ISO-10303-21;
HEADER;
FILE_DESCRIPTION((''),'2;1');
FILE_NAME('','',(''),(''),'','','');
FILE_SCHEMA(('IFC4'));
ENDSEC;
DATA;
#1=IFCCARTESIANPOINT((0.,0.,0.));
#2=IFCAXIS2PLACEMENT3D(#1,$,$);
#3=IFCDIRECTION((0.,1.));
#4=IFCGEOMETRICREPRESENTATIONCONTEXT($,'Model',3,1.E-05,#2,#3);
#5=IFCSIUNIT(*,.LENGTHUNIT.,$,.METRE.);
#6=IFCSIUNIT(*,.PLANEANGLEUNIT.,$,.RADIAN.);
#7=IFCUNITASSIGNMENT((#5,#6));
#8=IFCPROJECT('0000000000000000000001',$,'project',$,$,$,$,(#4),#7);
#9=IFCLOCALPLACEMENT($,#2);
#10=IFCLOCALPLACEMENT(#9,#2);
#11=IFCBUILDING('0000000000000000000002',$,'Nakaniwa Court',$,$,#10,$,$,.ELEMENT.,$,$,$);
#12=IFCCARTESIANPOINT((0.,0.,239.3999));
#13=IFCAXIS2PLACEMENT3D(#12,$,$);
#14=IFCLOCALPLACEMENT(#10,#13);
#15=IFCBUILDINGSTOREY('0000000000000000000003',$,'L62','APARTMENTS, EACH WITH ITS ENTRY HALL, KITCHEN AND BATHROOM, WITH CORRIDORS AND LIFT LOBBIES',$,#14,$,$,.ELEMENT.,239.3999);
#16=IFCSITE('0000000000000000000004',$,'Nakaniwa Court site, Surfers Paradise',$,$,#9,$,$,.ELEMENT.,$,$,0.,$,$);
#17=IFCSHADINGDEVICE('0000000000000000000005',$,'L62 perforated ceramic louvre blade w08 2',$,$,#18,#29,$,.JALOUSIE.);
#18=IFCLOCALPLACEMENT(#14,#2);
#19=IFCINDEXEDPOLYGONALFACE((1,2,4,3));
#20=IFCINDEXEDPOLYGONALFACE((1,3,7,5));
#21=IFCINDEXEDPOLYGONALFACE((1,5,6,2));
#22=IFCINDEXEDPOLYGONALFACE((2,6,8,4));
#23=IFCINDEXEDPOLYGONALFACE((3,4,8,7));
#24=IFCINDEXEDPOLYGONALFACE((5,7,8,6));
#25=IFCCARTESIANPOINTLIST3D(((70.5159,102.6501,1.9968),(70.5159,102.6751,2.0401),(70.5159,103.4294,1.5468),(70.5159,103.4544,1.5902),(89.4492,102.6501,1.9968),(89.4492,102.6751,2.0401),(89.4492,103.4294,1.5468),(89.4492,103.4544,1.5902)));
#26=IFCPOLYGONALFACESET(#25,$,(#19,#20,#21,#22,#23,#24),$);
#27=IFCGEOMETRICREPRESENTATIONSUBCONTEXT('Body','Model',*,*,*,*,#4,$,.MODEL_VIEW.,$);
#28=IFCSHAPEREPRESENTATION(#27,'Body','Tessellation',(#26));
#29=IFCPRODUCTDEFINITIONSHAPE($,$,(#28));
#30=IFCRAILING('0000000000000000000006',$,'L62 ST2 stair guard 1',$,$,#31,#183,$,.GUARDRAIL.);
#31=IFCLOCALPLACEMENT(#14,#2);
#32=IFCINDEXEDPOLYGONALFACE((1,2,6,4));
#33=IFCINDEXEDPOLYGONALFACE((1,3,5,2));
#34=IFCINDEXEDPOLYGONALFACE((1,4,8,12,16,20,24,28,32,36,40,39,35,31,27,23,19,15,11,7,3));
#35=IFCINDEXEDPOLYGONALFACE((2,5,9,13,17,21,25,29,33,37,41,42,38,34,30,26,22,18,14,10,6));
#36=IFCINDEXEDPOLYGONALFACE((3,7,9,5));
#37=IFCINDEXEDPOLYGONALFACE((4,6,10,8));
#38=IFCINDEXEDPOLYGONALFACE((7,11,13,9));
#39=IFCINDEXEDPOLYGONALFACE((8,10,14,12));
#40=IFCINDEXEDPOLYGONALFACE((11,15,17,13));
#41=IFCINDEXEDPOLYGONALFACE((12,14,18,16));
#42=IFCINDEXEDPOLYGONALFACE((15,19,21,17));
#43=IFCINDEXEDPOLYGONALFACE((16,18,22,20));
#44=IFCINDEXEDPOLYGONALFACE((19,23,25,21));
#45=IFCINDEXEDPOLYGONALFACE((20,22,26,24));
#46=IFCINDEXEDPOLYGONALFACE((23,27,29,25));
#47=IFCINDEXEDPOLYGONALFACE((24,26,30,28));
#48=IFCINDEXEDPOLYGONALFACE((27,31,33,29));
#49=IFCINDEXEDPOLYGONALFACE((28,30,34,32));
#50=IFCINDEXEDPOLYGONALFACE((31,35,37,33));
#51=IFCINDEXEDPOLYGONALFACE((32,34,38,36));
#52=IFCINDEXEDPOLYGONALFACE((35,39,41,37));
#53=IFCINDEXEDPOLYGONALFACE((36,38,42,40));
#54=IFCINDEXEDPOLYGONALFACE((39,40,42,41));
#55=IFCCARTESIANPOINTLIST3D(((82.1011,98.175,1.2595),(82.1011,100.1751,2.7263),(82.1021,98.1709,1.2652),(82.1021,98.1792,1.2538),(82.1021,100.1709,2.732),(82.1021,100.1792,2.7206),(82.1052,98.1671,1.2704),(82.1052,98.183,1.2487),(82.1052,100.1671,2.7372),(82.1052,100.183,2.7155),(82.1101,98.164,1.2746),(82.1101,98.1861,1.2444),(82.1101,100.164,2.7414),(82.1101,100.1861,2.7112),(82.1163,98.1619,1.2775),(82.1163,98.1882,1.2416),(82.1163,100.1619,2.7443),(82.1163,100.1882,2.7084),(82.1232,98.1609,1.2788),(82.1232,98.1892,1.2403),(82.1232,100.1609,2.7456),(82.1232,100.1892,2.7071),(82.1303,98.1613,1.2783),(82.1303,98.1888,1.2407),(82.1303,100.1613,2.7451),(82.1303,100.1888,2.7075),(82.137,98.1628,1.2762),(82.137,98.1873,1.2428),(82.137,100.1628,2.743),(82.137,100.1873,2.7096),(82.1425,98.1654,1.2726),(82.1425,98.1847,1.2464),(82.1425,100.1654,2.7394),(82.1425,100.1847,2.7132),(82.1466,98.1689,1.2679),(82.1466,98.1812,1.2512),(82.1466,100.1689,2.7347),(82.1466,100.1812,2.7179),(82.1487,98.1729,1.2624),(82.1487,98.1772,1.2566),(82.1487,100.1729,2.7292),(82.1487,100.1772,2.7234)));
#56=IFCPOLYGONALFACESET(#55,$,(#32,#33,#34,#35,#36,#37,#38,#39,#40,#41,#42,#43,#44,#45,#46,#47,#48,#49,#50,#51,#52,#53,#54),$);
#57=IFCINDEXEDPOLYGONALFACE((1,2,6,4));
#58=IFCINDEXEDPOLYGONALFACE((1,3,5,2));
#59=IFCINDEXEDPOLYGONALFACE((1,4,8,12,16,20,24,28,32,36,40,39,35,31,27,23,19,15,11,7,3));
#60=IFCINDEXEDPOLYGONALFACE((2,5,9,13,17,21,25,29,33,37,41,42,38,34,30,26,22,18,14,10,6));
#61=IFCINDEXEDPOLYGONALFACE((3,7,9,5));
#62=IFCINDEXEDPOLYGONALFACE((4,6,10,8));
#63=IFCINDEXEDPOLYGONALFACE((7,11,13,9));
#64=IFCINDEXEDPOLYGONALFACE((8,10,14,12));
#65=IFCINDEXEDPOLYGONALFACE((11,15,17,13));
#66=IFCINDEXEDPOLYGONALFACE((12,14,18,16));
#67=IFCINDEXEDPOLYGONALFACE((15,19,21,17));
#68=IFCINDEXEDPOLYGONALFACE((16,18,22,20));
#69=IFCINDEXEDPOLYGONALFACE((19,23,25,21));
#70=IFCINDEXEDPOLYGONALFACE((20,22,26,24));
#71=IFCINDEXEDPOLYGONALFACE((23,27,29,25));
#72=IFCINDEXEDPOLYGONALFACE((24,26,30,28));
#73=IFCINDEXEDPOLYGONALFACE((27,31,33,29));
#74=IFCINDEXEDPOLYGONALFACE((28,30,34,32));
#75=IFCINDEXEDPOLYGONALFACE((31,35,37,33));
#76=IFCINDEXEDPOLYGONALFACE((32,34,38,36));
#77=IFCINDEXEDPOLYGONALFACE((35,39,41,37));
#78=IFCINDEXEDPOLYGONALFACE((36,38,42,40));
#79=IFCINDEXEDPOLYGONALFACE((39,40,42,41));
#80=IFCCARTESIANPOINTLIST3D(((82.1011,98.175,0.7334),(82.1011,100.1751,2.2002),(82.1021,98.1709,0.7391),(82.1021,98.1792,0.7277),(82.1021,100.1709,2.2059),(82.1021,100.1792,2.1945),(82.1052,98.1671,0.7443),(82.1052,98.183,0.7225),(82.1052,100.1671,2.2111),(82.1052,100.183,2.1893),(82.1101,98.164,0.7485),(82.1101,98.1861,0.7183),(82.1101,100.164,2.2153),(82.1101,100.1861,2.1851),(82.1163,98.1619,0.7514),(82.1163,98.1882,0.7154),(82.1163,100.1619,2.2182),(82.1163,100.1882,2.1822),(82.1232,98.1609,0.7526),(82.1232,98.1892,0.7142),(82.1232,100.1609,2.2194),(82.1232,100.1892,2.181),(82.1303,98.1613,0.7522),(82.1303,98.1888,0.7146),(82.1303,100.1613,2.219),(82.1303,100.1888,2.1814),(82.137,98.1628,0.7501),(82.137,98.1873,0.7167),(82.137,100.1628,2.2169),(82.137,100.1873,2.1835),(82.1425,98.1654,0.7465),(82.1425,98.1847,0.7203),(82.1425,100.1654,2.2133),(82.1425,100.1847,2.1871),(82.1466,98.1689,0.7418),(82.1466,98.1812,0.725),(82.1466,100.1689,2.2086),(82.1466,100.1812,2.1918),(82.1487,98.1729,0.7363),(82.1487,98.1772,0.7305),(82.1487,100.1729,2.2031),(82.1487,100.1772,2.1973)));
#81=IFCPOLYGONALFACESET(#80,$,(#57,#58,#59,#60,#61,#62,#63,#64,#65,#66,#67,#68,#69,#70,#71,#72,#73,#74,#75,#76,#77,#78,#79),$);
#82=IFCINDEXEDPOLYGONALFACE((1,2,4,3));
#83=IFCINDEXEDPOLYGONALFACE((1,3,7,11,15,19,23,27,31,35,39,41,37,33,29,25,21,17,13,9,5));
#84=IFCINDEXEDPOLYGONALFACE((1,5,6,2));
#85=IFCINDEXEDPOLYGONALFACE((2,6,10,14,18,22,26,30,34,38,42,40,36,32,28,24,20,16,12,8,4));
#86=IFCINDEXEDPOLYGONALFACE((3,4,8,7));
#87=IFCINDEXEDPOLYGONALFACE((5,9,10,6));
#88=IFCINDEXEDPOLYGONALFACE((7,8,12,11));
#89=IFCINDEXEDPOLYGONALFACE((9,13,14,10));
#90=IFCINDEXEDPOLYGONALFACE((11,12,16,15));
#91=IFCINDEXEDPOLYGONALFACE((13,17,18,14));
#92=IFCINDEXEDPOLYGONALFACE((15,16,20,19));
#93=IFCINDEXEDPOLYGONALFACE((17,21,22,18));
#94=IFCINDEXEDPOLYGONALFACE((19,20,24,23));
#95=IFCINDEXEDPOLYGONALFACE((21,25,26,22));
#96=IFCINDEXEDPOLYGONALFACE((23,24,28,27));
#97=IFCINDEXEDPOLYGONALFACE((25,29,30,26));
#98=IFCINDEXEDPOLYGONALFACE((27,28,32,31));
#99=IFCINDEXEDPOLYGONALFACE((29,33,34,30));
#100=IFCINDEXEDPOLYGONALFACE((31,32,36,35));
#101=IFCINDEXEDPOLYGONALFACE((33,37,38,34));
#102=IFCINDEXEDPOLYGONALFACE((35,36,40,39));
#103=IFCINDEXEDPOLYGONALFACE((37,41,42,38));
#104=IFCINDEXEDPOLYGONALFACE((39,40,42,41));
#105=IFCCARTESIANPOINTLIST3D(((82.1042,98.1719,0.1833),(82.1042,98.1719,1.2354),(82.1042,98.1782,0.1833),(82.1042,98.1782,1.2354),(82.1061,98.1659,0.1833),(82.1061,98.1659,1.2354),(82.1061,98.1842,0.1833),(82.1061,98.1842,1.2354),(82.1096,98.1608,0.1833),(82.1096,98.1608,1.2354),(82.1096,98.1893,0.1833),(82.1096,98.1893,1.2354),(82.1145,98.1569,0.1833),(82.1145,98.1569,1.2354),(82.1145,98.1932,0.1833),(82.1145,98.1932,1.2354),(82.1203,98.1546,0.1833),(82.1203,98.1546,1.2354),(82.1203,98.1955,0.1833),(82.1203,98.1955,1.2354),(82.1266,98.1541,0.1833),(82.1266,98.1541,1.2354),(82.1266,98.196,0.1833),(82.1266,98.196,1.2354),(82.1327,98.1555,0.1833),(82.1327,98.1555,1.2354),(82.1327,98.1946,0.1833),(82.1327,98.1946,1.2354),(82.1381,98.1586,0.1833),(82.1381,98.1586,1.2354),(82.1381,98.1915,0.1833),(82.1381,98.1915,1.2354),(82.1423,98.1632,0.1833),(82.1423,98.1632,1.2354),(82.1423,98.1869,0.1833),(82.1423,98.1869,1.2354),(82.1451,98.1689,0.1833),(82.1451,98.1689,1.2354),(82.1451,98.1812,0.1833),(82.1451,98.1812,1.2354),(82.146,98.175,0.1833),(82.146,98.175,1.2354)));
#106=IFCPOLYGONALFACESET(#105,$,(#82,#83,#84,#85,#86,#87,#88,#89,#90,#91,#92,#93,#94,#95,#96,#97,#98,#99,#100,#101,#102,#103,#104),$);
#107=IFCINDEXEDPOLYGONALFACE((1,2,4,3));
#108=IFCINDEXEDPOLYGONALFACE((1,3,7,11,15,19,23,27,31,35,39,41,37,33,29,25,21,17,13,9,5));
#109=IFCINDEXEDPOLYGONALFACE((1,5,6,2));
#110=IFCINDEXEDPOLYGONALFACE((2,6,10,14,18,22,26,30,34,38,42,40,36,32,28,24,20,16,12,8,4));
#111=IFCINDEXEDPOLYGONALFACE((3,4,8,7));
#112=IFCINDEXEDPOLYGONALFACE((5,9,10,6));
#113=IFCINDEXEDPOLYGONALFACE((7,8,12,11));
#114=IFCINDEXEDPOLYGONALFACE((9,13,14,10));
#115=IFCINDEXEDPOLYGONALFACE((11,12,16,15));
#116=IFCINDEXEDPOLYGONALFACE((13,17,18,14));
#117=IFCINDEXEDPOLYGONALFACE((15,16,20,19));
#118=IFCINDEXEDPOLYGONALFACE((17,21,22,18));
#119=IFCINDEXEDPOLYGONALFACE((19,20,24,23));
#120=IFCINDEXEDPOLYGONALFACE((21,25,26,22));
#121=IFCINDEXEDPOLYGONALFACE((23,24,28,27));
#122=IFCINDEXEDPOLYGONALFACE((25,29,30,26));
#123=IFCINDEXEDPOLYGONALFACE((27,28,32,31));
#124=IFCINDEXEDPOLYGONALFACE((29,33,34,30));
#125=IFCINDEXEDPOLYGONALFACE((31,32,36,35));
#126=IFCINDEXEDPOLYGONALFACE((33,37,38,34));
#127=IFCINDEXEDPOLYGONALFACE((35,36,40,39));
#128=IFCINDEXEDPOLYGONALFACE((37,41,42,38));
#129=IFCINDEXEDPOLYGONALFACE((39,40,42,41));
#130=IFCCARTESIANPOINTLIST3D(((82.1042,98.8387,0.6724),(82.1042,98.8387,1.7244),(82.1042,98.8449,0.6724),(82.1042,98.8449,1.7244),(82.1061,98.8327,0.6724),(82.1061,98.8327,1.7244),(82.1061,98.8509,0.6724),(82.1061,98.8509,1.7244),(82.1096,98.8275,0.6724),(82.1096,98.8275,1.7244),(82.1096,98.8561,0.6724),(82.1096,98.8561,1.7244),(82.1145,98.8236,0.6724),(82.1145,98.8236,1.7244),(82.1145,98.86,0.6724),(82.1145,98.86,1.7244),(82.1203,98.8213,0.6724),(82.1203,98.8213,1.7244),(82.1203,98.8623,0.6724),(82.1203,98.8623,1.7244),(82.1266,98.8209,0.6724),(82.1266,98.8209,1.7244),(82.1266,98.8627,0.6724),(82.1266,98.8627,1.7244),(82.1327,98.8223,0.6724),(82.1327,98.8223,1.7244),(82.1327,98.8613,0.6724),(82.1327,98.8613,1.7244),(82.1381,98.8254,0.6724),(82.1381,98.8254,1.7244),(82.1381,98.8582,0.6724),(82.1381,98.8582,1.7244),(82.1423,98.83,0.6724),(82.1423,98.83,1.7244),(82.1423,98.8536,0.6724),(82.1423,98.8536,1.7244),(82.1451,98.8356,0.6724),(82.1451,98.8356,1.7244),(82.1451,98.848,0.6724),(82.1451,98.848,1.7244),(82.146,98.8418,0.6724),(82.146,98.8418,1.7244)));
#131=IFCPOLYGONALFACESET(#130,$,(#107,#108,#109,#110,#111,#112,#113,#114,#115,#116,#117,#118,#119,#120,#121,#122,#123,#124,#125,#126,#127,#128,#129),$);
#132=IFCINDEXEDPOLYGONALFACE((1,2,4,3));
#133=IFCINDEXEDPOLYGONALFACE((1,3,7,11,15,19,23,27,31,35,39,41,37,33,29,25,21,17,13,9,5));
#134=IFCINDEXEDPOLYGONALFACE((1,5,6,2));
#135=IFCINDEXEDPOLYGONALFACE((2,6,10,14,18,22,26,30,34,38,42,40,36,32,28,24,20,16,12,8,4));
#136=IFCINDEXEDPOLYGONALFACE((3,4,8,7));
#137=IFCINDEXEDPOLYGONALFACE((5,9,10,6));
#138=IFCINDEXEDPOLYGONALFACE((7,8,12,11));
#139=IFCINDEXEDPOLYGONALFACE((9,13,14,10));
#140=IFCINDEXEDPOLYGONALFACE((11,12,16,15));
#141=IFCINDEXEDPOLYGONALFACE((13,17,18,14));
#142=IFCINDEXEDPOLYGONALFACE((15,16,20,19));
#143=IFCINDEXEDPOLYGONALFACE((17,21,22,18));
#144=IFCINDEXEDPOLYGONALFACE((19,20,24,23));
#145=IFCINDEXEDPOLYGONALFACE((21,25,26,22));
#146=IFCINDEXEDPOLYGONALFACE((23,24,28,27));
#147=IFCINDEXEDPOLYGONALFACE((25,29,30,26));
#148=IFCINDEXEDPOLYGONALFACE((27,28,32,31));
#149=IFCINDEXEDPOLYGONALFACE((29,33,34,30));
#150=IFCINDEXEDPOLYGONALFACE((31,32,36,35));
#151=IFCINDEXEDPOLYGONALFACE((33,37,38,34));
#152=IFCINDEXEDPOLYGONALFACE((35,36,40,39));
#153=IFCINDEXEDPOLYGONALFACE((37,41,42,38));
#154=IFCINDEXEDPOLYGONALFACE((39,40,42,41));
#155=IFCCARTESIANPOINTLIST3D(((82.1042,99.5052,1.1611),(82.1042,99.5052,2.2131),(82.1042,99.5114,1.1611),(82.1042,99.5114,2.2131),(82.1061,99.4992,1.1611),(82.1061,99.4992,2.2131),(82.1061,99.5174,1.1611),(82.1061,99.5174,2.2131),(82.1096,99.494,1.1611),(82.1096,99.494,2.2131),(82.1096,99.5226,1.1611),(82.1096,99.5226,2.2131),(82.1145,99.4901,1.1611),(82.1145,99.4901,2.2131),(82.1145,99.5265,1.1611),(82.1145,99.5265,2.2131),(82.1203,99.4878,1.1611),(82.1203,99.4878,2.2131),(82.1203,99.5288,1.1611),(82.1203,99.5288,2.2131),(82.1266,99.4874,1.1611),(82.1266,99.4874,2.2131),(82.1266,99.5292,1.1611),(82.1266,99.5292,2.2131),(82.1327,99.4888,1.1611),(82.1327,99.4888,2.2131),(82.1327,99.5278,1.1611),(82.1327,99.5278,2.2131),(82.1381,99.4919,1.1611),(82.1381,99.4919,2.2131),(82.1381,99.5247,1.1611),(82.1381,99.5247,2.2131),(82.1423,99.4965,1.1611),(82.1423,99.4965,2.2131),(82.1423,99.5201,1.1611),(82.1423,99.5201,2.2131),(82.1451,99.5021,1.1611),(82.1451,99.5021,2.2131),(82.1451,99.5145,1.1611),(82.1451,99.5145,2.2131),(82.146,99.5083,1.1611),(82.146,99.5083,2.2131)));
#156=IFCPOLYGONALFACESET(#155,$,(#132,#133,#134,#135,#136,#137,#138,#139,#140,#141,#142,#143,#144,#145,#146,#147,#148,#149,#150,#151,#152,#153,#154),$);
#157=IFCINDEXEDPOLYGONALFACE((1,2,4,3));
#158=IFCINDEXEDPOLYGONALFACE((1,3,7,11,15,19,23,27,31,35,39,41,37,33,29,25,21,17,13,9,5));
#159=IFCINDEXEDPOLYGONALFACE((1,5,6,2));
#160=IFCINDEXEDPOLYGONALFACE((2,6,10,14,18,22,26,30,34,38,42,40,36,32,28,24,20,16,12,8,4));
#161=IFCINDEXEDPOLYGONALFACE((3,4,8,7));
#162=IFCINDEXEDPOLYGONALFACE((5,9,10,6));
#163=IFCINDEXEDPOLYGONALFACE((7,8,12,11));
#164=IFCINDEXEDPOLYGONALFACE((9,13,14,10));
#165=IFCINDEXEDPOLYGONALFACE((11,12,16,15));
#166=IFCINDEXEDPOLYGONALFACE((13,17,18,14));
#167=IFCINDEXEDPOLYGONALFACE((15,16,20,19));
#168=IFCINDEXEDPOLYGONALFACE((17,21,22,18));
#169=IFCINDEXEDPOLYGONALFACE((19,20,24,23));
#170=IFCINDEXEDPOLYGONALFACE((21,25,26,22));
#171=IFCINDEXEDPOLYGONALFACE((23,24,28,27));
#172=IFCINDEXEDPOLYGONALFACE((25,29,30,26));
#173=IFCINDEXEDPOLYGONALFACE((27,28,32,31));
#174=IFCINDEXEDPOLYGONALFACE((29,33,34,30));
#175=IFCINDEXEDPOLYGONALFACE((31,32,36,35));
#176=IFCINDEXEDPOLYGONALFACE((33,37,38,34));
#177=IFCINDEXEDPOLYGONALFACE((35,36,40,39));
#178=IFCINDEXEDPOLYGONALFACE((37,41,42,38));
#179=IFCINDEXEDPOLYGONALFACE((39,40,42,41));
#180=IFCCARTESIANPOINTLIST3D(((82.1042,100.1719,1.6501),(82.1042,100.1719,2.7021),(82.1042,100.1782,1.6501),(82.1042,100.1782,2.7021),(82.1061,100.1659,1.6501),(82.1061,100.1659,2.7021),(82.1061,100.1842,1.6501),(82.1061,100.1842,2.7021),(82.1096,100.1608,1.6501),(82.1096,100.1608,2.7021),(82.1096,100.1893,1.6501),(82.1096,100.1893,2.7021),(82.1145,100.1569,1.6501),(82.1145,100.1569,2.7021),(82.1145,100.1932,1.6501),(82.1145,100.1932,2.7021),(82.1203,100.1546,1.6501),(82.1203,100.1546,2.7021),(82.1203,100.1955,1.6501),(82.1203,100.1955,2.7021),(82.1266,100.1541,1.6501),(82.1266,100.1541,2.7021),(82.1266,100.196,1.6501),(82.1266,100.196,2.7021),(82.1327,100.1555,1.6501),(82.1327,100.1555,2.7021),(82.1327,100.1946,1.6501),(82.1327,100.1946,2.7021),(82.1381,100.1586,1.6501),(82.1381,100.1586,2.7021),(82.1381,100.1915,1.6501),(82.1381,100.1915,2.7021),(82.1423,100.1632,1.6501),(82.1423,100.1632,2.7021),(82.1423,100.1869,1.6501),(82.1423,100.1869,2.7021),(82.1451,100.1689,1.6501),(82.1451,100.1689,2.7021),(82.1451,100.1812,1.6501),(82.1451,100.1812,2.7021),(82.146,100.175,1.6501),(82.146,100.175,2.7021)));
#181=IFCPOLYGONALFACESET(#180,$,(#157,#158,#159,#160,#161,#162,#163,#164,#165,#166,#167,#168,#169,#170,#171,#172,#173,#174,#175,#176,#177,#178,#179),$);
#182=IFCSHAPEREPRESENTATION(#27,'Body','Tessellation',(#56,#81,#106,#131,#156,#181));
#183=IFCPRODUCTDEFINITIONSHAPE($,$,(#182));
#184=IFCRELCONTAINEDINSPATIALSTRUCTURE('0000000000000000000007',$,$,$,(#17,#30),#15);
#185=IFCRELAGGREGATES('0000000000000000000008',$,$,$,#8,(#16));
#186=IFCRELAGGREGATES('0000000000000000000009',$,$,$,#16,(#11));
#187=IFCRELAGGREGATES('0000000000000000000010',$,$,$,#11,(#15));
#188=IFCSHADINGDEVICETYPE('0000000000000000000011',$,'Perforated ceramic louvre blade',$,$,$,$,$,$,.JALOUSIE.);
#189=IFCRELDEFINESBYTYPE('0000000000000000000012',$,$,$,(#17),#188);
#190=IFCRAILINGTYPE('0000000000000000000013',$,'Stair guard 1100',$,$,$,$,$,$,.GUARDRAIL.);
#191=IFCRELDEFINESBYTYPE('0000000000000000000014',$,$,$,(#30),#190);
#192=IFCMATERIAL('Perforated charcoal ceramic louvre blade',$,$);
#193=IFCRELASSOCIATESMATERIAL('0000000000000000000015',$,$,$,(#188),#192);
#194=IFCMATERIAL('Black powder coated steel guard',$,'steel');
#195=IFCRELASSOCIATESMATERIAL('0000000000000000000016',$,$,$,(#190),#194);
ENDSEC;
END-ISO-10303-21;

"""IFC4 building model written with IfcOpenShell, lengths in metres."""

from ifc_helpers import new_model, si_unit, direction, frame, origin, origin_2d, place, context, subcontext, project, spatial, rectangle, circle, extrude, material, material_profile, profile_set, type_object, element, save


model = new_model("IFC4")

# Units and contexts
model_context = context("Model", 3, precision=1e-05, world=origin(), true_north=direction((0.0, 1.0)))
body_context = subcontext(model_context, "Body", "Model", "MODEL_VIEW")
ifc_project = project(units=[si_unit("LENGTHUNIT", "METRE"), si_unit("PLANEANGLEUNIT", "RADIAN")], contexts=[model_context])

# Site, building, storey
site_placement = place(None, origin())
site = spatial("IfcSite", under=ifc_project, at=site_placement, Name="Nakaniwa Court site, Surfers Paradise", CompositionType="ELEMENT", RefElevation=0.0)
building_placement = place(site_placement, origin())
building = spatial("IfcBuilding", under=site, at=building_placement, Name="Nakaniwa Court", CompositionType="ELEMENT")
storey_placement = place(building_placement, frame((0.0, 0.0, 239.3999)))
storey = spatial("IfcBuildingStorey", under=building, at=storey_placement, Name="L62", Description="APARTMENTS, EACH WITH ITS ENTRY HALL, KITCHEN AND BATHROOM, WITH CORRIDORS AND LIFT LOBBIES", CompositionType="ELEMENT", Elevation=239.3999)

# Shading device
ifc_material_1 = material(Name="Perforated charcoal ceramic louvre blade")
ifc_material_profile = material_profile(ifc_material_1, rectangle(XDim=0.8999, YDim=0.05, at=origin_2d()), Name="Perforated ceramic louvre blade")
ifc_profile_set = profile_set([ifc_material_profile], Name="Perforated charcoal ceramic louvre blade")
shading_device_type = type_object("IfcShadingDeviceType", Name="Perforated ceramic louvre blade", PredefinedType="JALOUSIE", material=ifc_profile_set)
for number, where, z_axis, x_axis, name in (
    (1, (89.4492, 103.0522, 1.7935), (-1.0, 0.0, 0.0), (0.0, -0.866025, 0.5), "L62 perforated ceramic louvre blade w08 2"),
):
    element("IfcShadingDevice", number, at=place(storey_placement, frame(where, z_axis=z_axis, x_axis=x_axis)), inside=storey, type_object=shading_device_type, Name=name, PredefinedType="JALOUSIE", context=body_context, shape_type="SweptSolid", body=[
        extrude(rectangle(XDim=0.8999, YDim=0.05, at=origin_2d()), origin(), (0.0, 0.0, 1.0), 18.9333),
    ])

# Railing
ifc_material_2 = material(Name="Black powder coated steel guard", Category="steel")
railing_type_1 = type_object("IfcRailingType", Name="Stair guard 1100", PredefinedType="GUARDRAIL", material=ifc_material_2)
railing_1_placement = place(storey_placement, frame((82.125, 98.175, 0.1833)))
element("IfcRailing", 2, at=railing_1_placement, inside=storey, type_object=railing_type_1, Name="L62 ST2 stair guard 1", PredefinedType="GUARDRAIL", context=body_context, shape_type="SweptSolid", body=[
    extrude(circle(Radius=0.0239, at=origin_2d()), frame((0.0, 0.0, 1.0762), z_axis=(0.0, 0.80638, 0.591398), x_axis=(-1.0, 0.0, 0.0)), (0.0, 0.0, 1.0), 2.4802),
    extrude(circle(Radius=0.0239, at=origin_2d()), frame((0.0, 0.0, 0.55), z_axis=(0.0, 0.80638, 0.591398), x_axis=(-1.0, 0.0, 0.0)), (0.0, 0.0, 1.0), 2.4802),
    extrude(circle(Radius=0.021, at=origin_2d()), origin(), (0.0, 0.0, 1.0), 1.052),
    extrude(circle(Radius=0.021, at=origin_2d()), frame((0.0, 0.6667, 0.489)), (0.0, 0.0, 1.0), 1.052),
    extrude(circle(Radius=0.021, at=origin_2d()), frame((0.0, 1.3333, 0.9778)), (0.0, 0.0, 1.0), 1.052),
    extrude(circle(Radius=0.021, at=origin_2d()), frame((0.0, 2.0, 1.4668)), (0.0, 0.0, 1.0), 1.052),
])

save(model, "model.ifc")
